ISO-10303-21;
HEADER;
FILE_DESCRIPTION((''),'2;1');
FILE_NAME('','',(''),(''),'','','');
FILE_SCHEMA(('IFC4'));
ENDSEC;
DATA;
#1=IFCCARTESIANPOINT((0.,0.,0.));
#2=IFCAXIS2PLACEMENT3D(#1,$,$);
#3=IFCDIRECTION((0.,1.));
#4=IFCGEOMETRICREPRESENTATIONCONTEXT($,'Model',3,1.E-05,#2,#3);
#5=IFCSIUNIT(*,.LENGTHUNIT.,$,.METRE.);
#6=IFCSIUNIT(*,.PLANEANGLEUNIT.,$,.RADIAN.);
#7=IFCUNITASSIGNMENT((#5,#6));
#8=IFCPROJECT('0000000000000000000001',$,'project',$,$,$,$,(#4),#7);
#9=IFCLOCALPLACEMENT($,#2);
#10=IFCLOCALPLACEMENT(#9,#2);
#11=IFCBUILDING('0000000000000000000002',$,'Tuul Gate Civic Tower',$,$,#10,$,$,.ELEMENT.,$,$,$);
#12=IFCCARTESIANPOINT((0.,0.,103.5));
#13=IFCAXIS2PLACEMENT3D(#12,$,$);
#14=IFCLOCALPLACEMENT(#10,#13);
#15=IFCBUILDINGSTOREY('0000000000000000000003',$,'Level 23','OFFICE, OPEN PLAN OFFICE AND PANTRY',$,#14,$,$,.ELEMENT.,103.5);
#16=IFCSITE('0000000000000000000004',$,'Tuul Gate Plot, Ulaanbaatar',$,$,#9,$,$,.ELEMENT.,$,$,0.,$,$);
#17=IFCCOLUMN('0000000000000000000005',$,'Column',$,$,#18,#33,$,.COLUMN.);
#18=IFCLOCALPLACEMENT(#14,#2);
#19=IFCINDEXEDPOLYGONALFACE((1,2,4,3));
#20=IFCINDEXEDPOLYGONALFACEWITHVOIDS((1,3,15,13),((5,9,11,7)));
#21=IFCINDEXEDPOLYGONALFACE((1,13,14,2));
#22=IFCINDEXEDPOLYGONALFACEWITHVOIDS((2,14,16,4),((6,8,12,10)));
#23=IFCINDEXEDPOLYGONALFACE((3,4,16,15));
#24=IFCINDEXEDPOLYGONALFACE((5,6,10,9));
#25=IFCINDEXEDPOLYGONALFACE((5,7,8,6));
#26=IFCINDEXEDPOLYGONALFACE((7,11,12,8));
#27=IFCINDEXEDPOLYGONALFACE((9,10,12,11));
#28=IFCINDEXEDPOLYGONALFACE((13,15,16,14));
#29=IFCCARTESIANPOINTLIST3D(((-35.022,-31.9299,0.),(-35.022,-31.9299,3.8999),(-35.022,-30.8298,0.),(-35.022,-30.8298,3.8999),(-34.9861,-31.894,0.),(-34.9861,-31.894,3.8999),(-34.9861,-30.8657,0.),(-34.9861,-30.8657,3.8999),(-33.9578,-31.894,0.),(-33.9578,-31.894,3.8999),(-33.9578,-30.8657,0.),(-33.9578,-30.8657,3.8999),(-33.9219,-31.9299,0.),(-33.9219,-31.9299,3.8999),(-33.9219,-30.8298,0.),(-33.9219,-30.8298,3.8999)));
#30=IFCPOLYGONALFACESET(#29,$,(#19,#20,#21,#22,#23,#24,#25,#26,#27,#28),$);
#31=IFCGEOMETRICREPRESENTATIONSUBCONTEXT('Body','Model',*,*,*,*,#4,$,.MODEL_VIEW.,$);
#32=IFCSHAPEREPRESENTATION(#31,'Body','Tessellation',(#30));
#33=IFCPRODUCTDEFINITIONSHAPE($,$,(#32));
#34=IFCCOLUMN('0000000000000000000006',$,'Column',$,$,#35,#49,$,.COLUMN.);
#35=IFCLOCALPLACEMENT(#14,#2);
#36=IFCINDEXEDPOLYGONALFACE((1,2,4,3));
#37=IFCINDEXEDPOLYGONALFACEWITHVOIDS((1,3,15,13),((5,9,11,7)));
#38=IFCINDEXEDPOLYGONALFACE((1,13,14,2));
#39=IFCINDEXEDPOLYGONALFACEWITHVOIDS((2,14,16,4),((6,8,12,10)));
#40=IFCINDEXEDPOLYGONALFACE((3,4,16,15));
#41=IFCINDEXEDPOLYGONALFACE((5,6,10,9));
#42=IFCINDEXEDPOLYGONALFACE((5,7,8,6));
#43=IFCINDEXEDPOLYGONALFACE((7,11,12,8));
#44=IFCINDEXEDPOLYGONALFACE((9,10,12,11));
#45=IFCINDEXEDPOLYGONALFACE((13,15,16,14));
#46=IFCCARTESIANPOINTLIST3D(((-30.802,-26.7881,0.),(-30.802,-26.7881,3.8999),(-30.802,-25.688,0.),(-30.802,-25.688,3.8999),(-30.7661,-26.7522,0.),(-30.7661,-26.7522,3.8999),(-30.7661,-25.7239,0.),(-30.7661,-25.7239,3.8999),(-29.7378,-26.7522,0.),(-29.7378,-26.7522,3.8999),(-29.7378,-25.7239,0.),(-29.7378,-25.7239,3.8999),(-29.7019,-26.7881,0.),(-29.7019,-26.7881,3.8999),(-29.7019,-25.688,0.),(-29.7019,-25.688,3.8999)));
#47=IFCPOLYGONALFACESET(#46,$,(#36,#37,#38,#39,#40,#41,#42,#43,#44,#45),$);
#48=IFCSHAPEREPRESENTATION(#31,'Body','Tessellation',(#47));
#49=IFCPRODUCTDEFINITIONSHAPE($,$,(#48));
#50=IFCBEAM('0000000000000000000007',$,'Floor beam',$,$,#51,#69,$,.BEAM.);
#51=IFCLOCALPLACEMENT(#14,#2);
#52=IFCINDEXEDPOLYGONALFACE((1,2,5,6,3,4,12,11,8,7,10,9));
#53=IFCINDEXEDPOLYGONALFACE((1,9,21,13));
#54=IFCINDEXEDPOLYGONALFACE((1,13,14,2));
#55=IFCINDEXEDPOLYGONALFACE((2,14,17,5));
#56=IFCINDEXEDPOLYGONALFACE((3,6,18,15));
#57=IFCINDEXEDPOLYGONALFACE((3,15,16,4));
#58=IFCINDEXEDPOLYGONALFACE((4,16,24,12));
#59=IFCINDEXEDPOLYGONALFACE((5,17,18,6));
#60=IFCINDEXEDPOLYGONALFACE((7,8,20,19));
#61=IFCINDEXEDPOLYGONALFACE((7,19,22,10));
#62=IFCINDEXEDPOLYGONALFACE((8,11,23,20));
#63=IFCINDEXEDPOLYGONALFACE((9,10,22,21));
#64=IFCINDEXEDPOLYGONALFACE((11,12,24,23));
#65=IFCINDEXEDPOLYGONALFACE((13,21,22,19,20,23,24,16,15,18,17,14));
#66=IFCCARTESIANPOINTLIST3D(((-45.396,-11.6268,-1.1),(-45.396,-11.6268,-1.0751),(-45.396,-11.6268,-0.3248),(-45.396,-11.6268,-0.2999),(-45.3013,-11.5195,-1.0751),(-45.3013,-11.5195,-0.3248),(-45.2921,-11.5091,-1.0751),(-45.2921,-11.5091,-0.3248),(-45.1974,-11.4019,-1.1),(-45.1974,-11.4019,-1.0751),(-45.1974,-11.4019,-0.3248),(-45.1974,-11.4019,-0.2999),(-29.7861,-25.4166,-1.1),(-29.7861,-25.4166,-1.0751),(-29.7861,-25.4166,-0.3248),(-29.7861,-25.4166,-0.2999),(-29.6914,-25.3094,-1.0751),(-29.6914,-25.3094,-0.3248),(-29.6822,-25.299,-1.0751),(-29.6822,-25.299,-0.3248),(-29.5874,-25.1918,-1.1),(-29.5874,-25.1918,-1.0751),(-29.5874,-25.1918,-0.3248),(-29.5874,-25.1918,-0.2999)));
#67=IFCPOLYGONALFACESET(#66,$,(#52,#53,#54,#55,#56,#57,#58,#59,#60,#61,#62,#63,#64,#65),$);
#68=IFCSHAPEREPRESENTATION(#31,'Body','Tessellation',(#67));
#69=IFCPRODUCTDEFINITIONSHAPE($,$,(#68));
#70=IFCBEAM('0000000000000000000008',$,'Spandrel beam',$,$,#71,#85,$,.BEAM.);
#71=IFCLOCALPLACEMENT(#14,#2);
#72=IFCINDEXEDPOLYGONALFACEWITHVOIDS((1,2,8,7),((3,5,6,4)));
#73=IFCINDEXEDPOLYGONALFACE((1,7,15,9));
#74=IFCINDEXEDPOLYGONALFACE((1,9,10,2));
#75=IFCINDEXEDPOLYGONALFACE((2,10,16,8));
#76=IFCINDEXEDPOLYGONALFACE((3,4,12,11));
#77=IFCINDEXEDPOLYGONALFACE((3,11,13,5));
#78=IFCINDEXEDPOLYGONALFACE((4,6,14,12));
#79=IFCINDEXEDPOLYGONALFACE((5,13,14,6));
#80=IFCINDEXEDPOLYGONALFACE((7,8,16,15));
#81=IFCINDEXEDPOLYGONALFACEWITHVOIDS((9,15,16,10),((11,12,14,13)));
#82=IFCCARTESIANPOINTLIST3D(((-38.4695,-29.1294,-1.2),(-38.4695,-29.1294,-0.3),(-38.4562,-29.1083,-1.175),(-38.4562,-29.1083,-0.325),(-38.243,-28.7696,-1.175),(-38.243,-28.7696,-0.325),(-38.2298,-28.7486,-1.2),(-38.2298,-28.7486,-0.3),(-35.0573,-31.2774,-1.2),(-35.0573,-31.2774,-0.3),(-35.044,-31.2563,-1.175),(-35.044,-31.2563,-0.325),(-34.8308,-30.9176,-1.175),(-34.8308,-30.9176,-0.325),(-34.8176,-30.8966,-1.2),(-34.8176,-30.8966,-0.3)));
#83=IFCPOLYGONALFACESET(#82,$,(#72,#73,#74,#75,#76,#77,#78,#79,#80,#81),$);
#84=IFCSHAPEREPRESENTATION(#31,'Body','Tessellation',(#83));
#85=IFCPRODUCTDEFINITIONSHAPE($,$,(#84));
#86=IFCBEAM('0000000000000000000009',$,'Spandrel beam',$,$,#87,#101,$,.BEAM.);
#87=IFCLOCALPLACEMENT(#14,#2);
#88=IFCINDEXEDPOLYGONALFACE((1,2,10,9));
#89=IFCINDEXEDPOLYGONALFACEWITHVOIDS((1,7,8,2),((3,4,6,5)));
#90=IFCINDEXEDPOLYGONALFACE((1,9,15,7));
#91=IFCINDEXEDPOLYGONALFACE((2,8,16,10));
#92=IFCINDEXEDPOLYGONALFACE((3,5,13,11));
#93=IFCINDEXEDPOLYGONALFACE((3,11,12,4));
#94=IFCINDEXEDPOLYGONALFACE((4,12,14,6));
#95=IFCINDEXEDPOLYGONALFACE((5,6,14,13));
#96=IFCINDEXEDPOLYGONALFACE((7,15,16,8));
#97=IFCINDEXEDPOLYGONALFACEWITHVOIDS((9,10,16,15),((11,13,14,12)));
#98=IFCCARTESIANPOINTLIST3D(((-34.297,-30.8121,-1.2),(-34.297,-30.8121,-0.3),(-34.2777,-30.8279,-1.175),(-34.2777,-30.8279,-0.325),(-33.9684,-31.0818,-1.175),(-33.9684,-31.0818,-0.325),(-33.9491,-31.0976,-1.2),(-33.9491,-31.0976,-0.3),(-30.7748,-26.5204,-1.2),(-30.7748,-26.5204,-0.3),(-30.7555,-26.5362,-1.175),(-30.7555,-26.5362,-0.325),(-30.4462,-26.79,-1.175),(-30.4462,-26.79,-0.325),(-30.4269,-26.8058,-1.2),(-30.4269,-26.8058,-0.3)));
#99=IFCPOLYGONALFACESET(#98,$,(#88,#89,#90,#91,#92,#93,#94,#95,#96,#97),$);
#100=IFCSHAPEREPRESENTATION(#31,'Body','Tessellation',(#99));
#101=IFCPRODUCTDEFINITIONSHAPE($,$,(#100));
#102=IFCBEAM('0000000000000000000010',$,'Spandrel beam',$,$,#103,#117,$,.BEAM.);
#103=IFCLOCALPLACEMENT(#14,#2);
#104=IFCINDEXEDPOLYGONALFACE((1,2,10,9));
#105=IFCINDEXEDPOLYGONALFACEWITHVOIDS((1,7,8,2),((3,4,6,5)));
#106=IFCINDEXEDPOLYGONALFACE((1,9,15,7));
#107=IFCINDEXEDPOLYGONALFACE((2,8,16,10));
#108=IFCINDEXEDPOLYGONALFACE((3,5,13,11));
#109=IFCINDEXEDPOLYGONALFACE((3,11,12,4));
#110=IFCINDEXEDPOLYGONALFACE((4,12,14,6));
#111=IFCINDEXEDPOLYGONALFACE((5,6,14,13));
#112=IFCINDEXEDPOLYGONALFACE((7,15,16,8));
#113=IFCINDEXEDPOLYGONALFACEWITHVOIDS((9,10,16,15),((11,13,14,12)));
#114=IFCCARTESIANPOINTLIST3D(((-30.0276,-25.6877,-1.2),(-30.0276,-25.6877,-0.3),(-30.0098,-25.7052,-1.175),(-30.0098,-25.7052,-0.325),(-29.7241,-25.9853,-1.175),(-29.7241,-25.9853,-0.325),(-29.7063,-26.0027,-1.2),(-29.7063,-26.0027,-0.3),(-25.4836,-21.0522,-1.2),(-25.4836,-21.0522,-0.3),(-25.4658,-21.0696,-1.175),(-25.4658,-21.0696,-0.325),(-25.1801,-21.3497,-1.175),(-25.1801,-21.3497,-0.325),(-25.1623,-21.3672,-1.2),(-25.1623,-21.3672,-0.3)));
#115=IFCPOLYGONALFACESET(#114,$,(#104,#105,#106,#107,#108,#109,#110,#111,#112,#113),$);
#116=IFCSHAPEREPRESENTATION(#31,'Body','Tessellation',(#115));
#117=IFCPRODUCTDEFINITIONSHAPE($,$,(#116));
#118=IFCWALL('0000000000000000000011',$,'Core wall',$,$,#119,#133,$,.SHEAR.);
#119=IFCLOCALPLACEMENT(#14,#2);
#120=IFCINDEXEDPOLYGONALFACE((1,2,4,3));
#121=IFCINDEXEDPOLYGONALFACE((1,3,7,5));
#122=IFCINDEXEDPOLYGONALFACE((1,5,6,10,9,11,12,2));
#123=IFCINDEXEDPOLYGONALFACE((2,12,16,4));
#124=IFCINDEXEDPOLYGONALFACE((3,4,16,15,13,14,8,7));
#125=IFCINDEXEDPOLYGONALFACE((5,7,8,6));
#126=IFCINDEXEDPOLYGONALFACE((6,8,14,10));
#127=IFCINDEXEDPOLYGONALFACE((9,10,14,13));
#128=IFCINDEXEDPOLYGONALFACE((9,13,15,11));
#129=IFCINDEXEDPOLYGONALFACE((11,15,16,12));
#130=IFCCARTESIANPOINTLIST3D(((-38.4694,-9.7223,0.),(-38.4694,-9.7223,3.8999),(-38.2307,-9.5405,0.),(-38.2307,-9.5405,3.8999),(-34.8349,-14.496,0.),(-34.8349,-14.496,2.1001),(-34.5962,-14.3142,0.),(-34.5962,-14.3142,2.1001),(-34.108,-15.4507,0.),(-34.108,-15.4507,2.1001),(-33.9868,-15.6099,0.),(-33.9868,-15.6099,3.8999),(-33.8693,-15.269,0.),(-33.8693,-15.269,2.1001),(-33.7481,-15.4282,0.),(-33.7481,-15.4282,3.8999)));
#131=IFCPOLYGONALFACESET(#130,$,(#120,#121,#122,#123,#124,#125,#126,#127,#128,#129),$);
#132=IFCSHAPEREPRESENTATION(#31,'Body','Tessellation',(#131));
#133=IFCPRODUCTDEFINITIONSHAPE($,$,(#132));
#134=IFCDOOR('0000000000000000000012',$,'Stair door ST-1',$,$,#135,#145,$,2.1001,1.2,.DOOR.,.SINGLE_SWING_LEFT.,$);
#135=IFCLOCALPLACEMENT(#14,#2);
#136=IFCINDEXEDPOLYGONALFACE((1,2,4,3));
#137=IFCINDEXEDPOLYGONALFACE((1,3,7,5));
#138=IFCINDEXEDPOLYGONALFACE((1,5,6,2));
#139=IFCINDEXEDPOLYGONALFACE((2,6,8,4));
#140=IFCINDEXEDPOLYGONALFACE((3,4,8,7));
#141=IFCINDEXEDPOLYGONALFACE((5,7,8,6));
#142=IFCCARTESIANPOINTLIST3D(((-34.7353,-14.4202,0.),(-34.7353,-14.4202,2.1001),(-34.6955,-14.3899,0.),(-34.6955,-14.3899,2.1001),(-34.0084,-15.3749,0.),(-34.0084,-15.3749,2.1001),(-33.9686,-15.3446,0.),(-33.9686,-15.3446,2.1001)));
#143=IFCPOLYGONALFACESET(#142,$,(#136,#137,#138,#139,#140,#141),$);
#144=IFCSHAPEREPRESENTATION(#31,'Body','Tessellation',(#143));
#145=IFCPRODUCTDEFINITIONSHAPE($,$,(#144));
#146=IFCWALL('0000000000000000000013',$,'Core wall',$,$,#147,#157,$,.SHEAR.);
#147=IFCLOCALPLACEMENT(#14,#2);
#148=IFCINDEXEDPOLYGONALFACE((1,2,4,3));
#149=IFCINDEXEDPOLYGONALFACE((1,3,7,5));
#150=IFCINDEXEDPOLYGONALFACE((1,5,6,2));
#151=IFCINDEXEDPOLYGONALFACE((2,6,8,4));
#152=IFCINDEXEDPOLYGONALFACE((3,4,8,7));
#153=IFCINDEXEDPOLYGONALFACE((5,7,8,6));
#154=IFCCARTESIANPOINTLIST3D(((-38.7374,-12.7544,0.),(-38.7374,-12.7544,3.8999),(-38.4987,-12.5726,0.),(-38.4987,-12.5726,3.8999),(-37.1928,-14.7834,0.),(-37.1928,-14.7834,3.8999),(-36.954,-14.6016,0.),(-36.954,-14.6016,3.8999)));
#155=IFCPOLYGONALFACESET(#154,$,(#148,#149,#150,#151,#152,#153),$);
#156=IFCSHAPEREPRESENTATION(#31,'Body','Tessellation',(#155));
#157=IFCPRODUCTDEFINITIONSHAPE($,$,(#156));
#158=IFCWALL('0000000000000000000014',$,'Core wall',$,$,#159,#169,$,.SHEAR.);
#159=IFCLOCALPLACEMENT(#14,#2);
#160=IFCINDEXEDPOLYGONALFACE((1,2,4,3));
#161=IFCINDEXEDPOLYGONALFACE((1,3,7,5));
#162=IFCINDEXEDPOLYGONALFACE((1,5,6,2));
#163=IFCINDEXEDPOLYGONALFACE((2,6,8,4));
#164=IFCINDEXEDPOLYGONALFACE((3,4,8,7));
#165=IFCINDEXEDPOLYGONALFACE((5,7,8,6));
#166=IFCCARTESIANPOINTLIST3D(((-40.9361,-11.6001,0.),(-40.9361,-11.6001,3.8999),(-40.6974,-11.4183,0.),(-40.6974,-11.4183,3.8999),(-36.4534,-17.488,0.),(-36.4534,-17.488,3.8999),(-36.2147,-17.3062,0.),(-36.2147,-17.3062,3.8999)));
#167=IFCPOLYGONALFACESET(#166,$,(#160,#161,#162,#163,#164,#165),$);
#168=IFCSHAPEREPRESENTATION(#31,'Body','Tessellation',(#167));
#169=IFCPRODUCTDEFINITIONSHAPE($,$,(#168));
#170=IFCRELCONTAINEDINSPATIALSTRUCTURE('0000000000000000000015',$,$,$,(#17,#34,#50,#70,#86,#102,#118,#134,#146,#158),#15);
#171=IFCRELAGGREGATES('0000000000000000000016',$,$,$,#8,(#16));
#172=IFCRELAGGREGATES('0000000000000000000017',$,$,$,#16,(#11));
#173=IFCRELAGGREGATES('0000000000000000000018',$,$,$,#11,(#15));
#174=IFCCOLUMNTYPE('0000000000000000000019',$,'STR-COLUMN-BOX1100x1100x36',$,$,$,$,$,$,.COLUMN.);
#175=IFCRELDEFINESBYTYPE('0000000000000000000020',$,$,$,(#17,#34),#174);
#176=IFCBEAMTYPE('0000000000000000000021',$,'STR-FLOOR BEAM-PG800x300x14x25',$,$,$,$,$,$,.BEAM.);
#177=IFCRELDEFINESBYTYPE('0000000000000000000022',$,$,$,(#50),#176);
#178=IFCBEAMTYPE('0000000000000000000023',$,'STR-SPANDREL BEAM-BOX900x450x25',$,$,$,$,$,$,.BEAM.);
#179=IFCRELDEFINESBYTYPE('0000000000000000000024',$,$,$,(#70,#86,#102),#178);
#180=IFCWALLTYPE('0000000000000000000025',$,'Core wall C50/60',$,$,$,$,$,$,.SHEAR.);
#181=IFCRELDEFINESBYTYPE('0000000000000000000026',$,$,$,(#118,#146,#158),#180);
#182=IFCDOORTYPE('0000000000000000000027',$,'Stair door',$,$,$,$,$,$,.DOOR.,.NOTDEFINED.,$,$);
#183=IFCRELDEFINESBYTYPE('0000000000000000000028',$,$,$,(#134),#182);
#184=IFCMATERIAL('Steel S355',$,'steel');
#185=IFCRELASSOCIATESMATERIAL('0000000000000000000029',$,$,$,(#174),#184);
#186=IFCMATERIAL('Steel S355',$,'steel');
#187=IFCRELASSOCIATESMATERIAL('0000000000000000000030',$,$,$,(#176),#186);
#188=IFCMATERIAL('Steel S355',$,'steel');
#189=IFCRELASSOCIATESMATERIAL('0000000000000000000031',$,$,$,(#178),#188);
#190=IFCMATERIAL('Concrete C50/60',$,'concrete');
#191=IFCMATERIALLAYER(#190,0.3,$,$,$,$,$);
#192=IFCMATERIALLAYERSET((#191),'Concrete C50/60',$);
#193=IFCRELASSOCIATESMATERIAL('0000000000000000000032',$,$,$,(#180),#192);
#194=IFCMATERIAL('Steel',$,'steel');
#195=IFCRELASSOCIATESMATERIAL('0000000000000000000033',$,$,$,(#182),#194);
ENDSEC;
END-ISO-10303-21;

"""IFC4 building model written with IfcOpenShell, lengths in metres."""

from ifc_helpers import new_model, si_unit, direction, frame, frame_2d, origin, origin_2d, place, context, subcontext, project, spatial, rectangle, hollow_rectangle, i_section, extrude, material, layer, layer_set, material_profile, profile_set, type_object, element, fill, save


model = new_model("IFC4")

# Units and contexts
model_context = context("Model", 3, precision=1e-05, world=origin(), true_north=direction((0.0, 1.0)))
body_context = subcontext(model_context, "Body", "Model", "MODEL_VIEW")
ifc_project = project(units=[si_unit("LENGTHUNIT", "METRE"), si_unit("PLANEANGLEUNIT", "RADIAN")], contexts=[model_context])

# Site, building, storey
site_placement = place(None, origin())
site = spatial("IfcSite", under=ifc_project, at=site_placement, Name="Tuul Gate Plot, Ulaanbaatar", CompositionType="ELEMENT", RefElevation=0.0)
building_placement = place(site_placement, origin())
building = spatial("IfcBuilding", under=site, at=building_placement, Name="Tuul Gate Civic Tower", CompositionType="ELEMENT")
storey_placement = place(building_placement, frame((0.0, 0.0, 103.5)))
storey = spatial("IfcBuildingStorey", under=building, at=storey_placement, Name="Level 23", Description="OFFICE, OPEN PLAN OFFICE AND PANTRY", CompositionType="ELEMENT", Elevation=103.5)

# Columns
ifc_material_1 = material(Name="Steel S355", Category="steel")
ifc_material_profile_1 = material_profile(ifc_material_1, hollow_rectangle(XDim=1.1001, YDim=1.1001, WallThickness=0.0359, at=origin_2d()), Name="BOX1100x1100x36")
ifc_profile_set_1 = profile_set([ifc_material_profile_1], Name="Steel S355")
column_type = type_object("IfcColumnType", Name="STR-COLUMN-BOX1100x1100x36", PredefinedType="COLUMN", material=ifc_profile_set_1)
for number, where, z_axis, x_axis, name in (
    (1, (-34.4719, -31.3799, 0.0), (0.0, 0.0, 1.0), (1.0, 0.0, 0.0), "Column"),
    (2, (-30.252, -26.238, 0.0), (0.0, 0.0, 1.0), (1.0, 0.0, 0.0), "Column"),
):
    element("IfcColumn", number, at=place(storey_placement, frame(where, z_axis=z_axis, x_axis=x_axis)), inside=storey, type_object=column_type, Name=name, PredefinedType="COLUMN", context=body_context, shape_type="SweptSolid", body=[
        extrude(hollow_rectangle(XDim=1.1001, YDim=1.1001, WallThickness=0.0359, at=origin_2d()), origin(), (0.0, 0.0, 1.0), 3.8999),
    ])

# Beams
ifc_material_2 = material(Name="Steel S355", Category="steel")
ifc_material_profile_2 = material_profile(ifc_material_2, i_section(OverallWidth=0.3, OverallDepth=0.8, WebThickness=0.0139, FlangeThickness=0.0249, at=origin_2d()), Name="PG800x300x14x25")
ifc_profile_set_2 = profile_set([ifc_material_profile_2], Name="Steel S355")
beam_type_1 = type_object("IfcBeamType", Name="STR-FLOOR BEAM-PG800x300x14x25", PredefinedType="BEAM", material=ifc_profile_set_2)
beam_1_placement = place(storey_placement, frame((-29.6868, -25.3042, -0.7), z_axis=(-0.749447, 0.662064, 0.0), x_axis=(-0.662064, -0.749447, 0.0)))
element("IfcBeam", 3, at=beam_1_placement, inside=storey, type_object=beam_type_1, Name="Floor beam", PredefinedType="BEAM", context=body_context, shape_type="SweptSolid", body=[
    extrude(i_section(OverallWidth=0.3, OverallDepth=0.8, WebThickness=0.0139, FlangeThickness=0.0249, at=origin_2d()), origin(), (0.0, 0.0, 1.0), 20.8286),
])
ifc_material_3 = material(Name="Steel S355", Category="steel")
ifc_material_profile_3 = material_profile(ifc_material_3, hollow_rectangle(XDim=0.45, YDim=0.8999, WallThickness=0.0249, at=origin_2d()), Name="BOX900x450x25")
ifc_profile_set_3 = profile_set([ifc_material_profile_3], Name="Steel S355")
beam_type_2 = type_object("IfcBeamType", Name="STR-SPANDREL BEAM-BOX900x450x25", PredefinedType="BEAM", material=ifc_profile_set_3)
beam_2_placement = place(storey_placement, frame((-38.3496, -28.939, -0.75), z_axis=(0.846279, -0.532739, 0.0), x_axis=(0.532739, 0.846279, 0.0)))
element("IfcBeam", 4, at=beam_2_placement, inside=storey, type_object=beam_type_2, Name="Spandrel beam", PredefinedType="BEAM", context=body_context, shape_type="SweptSolid", body=[
    extrude(hollow_rectangle(XDim=0.45, YDim=0.8999, WallThickness=0.0249, at=origin_2d()), origin(), (0.0, 0.0, 1.0), 4.032),
])
beam_3_placement = place(storey_placement, frame((-34.123, -30.9548, -0.75), z_axis=(0.634401, 0.773004, 0.0), x_axis=(-0.773004, 0.634401, 0.0)))
element("IfcBeam", 5, at=beam_3_placement, inside=storey, type_object=beam_type_2, Name="Spandrel beam", PredefinedType="BEAM", context=body_context, shape_type="SweptSolid", body=[
    extrude(hollow_rectangle(XDim=0.45, YDim=0.8999, WallThickness=0.0249, at=origin_2d()), origin(), (0.0, 0.0, 1.0), 5.552),
])
beam_4_placement = place(storey_placement, frame((-29.8669, -25.8452, -0.75), z_axis=(0.70002, 0.714124, 0.0), x_axis=(-0.714124, 0.70002, 0.0)))
element("IfcBeam", 6, at=beam_4_placement, inside=storey, type_object=beam_type_2, Name="Spandrel beam", PredefinedType="BEAM", context=body_context, shape_type="SweptSolid", body=[
    extrude(hollow_rectangle(XDim=0.45, YDim=0.8999, WallThickness=0.0249, at=origin_2d()), origin(), (0.0, 0.0, 1.0), 6.4912),
])

# Wall, opening, door
ifc_material_4 = material(Name="Concrete C50/60", Category="concrete")
ifc_layer_1 = layer(ifc_material_4, 0.3)
ifc_layer_set_1 = layer_set([ifc_layer_1], Name="Concrete C50/60")
wall_type_1 = type_object("IfcWallType", Name="Core wall C50/60", PredefinedType="SHEAR", material=ifc_layer_set_1)
wall_1_placement = place(storey_placement, frame((-33.8674, -15.519, 0.0), z_axis=(0.0, 0.0, 1.0), x_axis=(-0.60577, 0.79564, 0.0)))
wall_1 = element("IfcWall", 7, at=wall_1_placement, inside=storey, type_object=wall_type_1, Name="Core wall", PredefinedType="SHEAR", context=body_context, shape_type="SweptSolid", body=[
    extrude(rectangle(XDim=7.3999, YDim=0.3, at=frame_2d((3.7, 0.0))), origin(), (0.0, 0.0, 1.0), 3.8999),
])
opening_1_placement = place(wall_1_placement, frame((0.2, 0.0, 0.0)))
opening_1 = element("IfcOpeningElement", 8, at=opening_1_placement, cuts=wall_1, PredefinedType="OPENING", context=body_context, shape_type="SweptSolid", body=[
    extrude(rectangle(XDim=1.2, YDim=2.1001, at=frame_2d((0.6001, 1.05))), frame((0.0, 0.1602, 0.0), z_axis=(0.0, -1.0, 0.0), x_axis=(1.0, 0.0, 0.0)), (0.0, 0.0, 1.0), 0.3201),
])
ifc_material_5 = material(Name="Steel", Category="steel")
door_type_1 = type_object("IfcDoorType", Name="Stair door", OperationType="NOTDEFINED", PredefinedType="DOOR", material=ifc_material_5)
door_1_placement = place(opening_1_placement, origin())
door_1 = element("IfcDoor", 9, at=door_1_placement, inside=storey, type_object=door_type_1, Name="Stair door ST-1", OperationType="SINGLE_SWING_LEFT", OverallHeight=2.1001, OverallWidth=1.2, PredefinedType="DOOR", context=body_context, shape_type="SweptSolid", body=[
    extrude(rectangle(XDim=1.2, YDim=2.1001, at=frame_2d((0.6001, 1.05))), frame((0.0, 0.0249, 0.0), z_axis=(0.0, -1.0, 0.0), x_axis=(1.0, 0.0, 0.0)), (0.0, 0.0, 1.0), 0.05),
])
fill(opening_1, door_1)

# Walls
wall_2_placement = place(storey_placement, frame((-37.0735, -14.6924, 0.0), z_axis=(0.0, 0.0, 1.0), x_axis=(-0.605729, 0.795671, 0.0)))
element("IfcWall", 10, at=wall_2_placement, inside=storey, type_object=wall_type_1, Name="Core wall", PredefinedType="SHEAR", context=body_context, shape_type="SweptSolid", body=[
    extrude(rectangle(XDim=2.55, YDim=0.3, at=frame_2d((1.2749, 0.0))), origin(), (0.0, 0.0, 1.0), 3.8999),
])
wall_3_placement = place(storey_placement, frame((-36.334, -17.3972, 0.0), z_axis=(0.0, 0.0, 1.0), x_axis=(-0.605754, 0.795652, 0.0)))
element("IfcWall", 11, at=wall_3_placement, inside=storey, type_object=wall_type_1, Name="Core wall", PredefinedType="SHEAR", context=body_context, shape_type="SweptSolid", body=[
    extrude(rectangle(XDim=7.4001, YDim=0.3, at=frame_2d((3.7002, 0.0))), origin(), (0.0, 0.0, 1.0), 3.8999),
])

save(model, "model.ifc")
